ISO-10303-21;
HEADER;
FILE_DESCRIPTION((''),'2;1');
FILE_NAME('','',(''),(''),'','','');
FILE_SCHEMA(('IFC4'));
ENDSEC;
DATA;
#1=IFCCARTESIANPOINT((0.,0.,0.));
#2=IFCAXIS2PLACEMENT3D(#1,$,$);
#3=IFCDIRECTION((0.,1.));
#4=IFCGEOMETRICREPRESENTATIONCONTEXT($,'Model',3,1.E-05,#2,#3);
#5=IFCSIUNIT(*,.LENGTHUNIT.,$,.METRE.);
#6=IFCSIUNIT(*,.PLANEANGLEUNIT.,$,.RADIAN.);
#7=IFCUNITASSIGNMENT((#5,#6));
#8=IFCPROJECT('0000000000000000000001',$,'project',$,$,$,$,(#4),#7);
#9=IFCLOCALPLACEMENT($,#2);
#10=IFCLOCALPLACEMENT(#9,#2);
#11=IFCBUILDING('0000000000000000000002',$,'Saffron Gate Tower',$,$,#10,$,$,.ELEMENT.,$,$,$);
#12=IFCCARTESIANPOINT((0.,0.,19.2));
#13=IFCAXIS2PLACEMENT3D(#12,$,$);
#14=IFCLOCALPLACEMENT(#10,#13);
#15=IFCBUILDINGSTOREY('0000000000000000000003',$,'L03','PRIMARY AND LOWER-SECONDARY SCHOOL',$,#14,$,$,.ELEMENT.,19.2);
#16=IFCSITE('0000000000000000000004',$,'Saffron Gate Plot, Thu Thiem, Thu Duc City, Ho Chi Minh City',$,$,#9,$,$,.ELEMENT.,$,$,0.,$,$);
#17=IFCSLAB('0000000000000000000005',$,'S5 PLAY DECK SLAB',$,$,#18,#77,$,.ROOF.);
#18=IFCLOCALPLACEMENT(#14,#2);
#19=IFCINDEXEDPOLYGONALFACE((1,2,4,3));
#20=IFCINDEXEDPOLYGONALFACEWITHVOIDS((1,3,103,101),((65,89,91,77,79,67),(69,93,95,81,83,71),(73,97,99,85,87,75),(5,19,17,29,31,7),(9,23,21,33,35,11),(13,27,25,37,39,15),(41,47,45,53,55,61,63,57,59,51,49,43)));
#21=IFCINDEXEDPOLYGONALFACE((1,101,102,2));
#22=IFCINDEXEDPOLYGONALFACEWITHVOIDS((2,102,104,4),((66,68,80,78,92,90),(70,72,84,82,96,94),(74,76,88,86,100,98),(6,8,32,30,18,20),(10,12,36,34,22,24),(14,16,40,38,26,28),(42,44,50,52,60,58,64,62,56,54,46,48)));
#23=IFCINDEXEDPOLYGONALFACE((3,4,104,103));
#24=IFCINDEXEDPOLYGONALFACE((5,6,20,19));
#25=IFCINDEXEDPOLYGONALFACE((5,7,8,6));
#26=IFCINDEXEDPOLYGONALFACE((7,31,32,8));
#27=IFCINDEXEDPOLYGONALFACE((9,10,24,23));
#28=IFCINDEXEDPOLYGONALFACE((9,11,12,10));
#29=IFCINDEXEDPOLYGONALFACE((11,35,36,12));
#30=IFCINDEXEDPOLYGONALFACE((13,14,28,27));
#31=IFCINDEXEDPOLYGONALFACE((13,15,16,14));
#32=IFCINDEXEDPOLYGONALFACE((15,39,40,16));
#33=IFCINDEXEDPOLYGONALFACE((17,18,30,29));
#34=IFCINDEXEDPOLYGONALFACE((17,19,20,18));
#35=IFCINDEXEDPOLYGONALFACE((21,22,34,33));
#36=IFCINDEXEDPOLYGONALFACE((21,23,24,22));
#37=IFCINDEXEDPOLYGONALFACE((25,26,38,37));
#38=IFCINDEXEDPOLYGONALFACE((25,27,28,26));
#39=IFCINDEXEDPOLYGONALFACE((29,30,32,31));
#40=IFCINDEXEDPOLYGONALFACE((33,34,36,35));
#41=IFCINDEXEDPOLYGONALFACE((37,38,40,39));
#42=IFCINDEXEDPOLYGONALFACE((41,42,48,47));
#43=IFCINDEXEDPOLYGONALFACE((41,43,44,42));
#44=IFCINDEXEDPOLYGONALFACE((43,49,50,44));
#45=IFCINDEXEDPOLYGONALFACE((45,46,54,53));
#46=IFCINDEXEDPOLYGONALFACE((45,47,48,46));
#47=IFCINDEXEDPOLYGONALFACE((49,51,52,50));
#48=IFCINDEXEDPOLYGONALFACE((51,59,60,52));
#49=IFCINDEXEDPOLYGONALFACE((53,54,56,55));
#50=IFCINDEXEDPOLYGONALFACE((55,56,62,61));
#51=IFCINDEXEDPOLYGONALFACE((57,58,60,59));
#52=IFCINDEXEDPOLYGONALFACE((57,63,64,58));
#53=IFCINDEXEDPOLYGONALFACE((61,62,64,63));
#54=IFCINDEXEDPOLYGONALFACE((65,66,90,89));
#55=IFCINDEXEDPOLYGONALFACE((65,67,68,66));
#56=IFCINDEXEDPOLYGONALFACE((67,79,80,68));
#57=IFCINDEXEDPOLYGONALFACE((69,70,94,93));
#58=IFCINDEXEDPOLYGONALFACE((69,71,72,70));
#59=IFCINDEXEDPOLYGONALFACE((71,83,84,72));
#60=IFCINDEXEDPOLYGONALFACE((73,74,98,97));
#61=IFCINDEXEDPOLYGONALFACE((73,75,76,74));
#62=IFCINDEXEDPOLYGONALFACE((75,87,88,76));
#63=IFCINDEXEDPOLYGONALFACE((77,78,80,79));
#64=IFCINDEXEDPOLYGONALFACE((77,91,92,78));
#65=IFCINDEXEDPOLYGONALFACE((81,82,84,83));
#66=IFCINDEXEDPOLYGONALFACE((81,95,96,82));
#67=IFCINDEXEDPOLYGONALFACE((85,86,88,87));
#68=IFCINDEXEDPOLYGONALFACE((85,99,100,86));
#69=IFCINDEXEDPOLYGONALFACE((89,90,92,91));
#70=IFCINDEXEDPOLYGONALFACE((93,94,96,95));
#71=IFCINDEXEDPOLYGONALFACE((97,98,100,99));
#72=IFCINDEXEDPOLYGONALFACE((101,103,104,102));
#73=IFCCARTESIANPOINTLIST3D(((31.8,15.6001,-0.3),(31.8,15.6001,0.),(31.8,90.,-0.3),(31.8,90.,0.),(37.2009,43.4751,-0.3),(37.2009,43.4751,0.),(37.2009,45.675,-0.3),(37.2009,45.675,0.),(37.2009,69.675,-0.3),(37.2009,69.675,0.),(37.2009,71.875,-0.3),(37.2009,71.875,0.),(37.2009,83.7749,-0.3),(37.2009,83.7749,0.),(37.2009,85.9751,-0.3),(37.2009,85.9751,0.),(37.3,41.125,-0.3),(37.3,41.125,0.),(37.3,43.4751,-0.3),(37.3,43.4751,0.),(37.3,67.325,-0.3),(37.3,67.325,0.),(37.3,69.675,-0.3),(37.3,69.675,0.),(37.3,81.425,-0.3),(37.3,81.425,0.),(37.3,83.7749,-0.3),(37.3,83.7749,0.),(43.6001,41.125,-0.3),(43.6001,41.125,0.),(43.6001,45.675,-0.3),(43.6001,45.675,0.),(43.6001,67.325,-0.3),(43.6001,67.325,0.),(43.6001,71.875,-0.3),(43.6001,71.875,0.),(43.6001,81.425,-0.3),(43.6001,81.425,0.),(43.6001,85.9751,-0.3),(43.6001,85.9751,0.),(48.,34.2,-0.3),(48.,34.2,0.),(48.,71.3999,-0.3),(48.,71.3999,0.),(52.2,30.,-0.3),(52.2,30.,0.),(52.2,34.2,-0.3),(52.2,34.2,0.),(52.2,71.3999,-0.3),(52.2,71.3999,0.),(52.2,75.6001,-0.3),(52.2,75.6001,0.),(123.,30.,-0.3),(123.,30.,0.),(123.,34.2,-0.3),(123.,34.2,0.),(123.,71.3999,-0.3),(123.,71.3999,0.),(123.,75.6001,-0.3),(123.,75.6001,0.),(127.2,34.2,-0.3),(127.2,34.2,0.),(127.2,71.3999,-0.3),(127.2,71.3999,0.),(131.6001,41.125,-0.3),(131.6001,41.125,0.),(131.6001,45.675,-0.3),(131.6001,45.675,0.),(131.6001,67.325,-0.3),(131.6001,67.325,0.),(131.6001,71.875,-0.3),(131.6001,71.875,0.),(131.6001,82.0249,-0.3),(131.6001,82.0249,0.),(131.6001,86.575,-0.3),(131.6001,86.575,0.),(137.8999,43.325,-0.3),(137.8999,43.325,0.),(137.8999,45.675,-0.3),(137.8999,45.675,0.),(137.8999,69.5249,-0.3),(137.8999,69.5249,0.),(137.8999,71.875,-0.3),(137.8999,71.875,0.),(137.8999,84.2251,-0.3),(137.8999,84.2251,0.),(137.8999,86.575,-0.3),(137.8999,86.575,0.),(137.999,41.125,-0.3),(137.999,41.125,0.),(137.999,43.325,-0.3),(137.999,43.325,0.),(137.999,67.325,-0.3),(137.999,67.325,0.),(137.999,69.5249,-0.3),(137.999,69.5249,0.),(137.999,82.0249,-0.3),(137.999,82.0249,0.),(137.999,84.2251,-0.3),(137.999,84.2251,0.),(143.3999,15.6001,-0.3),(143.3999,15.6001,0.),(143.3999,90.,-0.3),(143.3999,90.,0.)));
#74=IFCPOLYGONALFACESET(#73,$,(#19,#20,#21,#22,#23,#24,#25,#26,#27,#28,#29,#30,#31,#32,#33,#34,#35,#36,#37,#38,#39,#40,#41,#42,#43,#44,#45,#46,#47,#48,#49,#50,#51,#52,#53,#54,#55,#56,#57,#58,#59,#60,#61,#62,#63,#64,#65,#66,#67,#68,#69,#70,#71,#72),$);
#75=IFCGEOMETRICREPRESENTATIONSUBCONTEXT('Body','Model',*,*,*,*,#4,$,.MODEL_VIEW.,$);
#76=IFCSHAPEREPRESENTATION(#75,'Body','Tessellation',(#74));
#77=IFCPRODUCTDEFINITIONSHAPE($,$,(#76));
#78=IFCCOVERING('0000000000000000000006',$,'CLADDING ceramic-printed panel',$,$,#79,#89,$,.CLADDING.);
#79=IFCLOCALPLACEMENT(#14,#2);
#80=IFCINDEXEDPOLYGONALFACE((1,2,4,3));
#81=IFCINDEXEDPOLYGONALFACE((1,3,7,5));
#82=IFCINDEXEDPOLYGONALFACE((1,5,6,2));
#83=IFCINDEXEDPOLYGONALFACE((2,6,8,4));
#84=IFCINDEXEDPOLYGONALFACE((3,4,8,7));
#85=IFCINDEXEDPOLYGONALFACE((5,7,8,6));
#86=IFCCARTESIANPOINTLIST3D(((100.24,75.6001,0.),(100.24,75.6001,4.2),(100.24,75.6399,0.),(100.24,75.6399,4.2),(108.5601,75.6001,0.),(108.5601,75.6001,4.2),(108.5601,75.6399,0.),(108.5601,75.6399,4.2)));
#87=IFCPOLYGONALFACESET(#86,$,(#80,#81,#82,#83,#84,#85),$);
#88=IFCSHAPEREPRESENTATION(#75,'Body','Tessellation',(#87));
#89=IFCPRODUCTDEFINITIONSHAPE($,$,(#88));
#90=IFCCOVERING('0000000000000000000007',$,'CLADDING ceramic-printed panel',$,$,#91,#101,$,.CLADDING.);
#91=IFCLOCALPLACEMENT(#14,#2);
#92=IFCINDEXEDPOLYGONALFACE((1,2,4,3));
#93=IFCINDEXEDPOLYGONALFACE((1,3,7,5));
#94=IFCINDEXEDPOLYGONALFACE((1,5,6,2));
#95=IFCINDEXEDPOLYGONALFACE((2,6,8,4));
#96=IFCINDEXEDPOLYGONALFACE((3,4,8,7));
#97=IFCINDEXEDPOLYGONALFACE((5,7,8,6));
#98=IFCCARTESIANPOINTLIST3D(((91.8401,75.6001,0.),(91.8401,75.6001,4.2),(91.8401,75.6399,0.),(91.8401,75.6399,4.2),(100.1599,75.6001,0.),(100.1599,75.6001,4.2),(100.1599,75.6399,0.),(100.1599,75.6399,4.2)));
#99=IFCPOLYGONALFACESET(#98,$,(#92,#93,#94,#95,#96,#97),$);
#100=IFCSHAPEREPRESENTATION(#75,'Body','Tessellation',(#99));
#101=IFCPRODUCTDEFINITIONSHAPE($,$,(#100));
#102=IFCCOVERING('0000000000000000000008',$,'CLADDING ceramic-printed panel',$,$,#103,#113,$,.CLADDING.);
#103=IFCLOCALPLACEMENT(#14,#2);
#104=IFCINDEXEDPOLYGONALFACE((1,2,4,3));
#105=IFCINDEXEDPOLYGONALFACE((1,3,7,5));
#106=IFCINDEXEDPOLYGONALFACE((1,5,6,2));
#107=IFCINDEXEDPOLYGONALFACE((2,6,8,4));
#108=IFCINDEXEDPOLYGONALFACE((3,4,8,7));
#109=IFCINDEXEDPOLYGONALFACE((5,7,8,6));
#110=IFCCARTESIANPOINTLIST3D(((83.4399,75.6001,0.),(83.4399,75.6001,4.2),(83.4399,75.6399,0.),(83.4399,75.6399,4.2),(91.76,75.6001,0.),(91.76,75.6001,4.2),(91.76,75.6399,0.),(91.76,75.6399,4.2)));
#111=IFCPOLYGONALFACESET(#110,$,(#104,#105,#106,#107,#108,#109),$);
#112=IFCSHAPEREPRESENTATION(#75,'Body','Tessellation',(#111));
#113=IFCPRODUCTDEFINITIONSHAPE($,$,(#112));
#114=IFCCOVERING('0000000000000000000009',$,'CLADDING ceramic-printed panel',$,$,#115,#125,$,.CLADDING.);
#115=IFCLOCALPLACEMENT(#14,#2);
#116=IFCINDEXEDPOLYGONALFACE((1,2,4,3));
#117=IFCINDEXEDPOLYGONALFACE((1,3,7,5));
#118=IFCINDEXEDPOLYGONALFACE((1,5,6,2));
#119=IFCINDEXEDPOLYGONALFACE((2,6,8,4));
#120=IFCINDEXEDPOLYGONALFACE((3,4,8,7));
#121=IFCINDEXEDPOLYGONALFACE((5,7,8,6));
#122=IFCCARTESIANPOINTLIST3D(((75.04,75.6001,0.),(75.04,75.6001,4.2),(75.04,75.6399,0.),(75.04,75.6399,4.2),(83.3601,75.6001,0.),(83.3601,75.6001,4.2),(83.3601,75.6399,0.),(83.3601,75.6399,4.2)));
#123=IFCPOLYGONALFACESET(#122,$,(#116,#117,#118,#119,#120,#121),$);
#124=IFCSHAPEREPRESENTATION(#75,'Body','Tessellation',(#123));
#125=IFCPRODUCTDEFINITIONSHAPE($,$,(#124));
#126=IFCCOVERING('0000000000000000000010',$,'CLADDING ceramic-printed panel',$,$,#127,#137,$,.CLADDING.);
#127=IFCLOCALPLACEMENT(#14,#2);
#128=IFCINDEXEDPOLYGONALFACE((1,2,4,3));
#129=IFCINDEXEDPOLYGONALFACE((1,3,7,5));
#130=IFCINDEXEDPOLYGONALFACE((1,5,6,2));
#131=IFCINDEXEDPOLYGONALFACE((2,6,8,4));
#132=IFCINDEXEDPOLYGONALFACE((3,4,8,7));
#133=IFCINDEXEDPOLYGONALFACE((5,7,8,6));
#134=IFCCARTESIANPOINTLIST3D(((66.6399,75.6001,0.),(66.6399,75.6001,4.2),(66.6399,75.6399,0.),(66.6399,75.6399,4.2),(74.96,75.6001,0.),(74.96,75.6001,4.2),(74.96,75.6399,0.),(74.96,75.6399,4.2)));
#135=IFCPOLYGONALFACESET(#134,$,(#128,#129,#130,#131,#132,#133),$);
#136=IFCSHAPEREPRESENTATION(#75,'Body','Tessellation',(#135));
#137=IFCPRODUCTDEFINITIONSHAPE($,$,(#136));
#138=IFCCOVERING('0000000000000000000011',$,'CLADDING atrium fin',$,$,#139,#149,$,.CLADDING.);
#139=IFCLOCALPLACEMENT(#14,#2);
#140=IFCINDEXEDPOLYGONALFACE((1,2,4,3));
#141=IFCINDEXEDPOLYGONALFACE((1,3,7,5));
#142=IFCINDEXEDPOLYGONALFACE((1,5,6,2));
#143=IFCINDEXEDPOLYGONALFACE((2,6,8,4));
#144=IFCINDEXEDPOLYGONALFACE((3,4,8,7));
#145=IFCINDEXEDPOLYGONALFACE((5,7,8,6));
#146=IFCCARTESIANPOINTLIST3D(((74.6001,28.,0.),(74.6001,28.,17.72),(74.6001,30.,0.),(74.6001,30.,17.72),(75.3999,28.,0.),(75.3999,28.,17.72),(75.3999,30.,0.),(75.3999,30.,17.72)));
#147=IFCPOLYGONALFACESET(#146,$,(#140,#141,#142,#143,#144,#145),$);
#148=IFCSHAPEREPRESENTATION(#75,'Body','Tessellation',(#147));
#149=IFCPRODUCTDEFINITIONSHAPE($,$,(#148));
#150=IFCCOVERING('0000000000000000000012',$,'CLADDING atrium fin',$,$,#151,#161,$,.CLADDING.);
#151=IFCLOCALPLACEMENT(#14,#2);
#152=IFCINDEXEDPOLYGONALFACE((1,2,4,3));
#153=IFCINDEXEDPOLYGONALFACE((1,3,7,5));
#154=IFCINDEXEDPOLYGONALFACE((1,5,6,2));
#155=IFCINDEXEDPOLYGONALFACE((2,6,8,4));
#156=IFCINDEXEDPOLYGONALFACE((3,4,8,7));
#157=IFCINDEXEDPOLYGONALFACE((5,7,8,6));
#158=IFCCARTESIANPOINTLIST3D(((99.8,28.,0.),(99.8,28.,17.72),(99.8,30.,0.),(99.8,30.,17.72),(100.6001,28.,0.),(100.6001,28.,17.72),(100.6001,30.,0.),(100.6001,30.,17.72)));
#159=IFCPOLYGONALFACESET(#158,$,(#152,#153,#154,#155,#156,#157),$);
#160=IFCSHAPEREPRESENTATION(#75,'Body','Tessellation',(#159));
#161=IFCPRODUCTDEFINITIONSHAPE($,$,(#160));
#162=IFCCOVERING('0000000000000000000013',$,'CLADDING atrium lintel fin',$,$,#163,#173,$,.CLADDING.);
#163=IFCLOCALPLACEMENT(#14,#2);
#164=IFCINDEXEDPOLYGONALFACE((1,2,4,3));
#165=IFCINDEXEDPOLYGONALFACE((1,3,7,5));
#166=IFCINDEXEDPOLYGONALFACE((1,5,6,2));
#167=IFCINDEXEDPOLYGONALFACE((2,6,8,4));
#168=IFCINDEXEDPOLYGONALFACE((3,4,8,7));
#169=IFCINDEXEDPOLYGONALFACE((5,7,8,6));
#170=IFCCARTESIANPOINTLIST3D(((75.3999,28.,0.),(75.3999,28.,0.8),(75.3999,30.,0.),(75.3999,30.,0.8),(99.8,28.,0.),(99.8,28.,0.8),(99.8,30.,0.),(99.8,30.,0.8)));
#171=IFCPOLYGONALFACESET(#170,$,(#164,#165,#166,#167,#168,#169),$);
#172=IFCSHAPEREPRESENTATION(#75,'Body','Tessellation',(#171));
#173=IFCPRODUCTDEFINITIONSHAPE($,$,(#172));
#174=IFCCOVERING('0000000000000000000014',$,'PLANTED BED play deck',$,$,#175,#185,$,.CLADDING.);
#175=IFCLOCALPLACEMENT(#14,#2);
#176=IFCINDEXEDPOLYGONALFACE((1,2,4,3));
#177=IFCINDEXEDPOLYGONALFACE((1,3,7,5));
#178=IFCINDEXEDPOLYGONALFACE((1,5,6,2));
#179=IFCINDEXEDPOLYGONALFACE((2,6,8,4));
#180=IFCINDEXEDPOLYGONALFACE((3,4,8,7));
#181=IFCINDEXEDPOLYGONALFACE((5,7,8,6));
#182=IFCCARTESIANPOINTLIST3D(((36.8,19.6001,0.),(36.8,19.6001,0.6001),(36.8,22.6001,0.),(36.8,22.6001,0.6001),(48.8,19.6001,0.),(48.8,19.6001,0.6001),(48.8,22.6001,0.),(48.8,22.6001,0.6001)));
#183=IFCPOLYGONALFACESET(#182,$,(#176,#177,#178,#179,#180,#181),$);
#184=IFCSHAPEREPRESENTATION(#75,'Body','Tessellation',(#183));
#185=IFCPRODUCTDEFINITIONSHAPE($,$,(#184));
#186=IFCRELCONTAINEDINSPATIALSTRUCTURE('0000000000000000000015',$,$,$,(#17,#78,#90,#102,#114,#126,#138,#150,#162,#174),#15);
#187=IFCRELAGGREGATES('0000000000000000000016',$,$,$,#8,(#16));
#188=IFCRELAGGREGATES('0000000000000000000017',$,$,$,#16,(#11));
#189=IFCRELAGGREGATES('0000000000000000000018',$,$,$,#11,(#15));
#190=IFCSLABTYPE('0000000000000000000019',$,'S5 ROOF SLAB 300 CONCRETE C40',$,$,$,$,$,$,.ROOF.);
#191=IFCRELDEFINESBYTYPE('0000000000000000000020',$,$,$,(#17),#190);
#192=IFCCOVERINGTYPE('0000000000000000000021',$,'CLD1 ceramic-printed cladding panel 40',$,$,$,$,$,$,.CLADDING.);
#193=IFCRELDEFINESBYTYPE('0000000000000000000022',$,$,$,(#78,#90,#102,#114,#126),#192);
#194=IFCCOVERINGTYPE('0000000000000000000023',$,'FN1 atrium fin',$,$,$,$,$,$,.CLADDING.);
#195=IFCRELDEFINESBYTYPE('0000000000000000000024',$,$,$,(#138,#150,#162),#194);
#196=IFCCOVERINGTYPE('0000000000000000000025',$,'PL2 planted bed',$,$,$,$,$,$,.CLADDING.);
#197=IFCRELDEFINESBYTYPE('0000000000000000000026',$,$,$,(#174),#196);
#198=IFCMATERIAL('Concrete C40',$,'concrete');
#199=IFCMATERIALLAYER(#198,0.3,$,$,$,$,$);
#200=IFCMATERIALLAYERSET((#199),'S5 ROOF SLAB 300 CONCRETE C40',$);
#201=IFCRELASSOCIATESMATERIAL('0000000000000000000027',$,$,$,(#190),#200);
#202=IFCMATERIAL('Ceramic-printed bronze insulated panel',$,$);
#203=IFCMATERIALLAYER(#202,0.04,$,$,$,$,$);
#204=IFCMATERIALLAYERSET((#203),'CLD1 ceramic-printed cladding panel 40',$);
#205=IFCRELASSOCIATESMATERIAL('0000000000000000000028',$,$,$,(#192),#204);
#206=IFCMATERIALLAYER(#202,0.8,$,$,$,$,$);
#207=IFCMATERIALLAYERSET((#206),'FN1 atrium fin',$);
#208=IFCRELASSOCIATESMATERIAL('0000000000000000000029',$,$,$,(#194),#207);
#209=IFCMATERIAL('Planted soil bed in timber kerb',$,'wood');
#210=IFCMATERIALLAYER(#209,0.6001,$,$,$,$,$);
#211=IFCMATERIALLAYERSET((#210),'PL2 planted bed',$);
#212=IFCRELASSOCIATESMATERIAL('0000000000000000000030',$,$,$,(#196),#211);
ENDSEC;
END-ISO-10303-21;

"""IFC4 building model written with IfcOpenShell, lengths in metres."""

from ifc_helpers import new_model, si_unit, direction, frame, origin, place, context, subcontext, project, spatial, polyline, outline, extrude, material, layer, layer_set, type_object, element, save


model = new_model("IFC4")

# Units and contexts
model_context = context("Model", 3, precision=1e-05, world=origin(), true_north=direction((0.0, 1.0)))
body_context = subcontext(model_context, "Body", "Model", "MODEL_VIEW")
ifc_project = project(units=[si_unit("LENGTHUNIT", "METRE"), si_unit("PLANEANGLEUNIT", "RADIAN")], contexts=[model_context])

# Site, building, storey
site_placement = place(None, origin())
site = spatial("IfcSite", under=ifc_project, at=site_placement, Name="Saffron Gate Plot, Thu Thiem, Thu Duc City, Ho Chi Minh City", CompositionType="ELEMENT", RefElevation=0.0)
building_placement = place(site_placement, origin())
building = spatial("IfcBuilding", under=site, at=building_placement, Name="Saffron Gate Tower", CompositionType="ELEMENT")
storey_placement = place(building_placement, frame((0.0, 0.0, 19.2)))
storey = spatial("IfcBuildingStorey", under=building, at=storey_placement, Name="L03", Description="PRIMARY AND LOWER-SECONDARY SCHOOL", CompositionType="ELEMENT", Elevation=19.2)

# Slab
ifc_material_1 = material(Name="Concrete C40", Category="concrete")
ifc_layer_1 = layer(ifc_material_1, 0.3)
ifc_layer_set_1 = layer_set([ifc_layer_1], Name="S5 ROOF SLAB 300 CONCRETE C40")
slab_type_1 = type_object("IfcSlabType", Name="S5 ROOF SLAB 300 CONCRETE C40", PredefinedType="ROOF", material=ifc_layer_set_1)
slab_1_placement = place(storey_placement, frame((0.0, 0.0, -0.3)))
element("IfcSlab", 1, at=slab_1_placement, inside=storey, type_object=slab_type_1, Name="S5 PLAY DECK SLAB", PredefinedType="ROOF", context=body_context, shape_type="SweptSolid", body=[
    extrude(outline(polyline([(31.8, 15.6001), (143.3999, 15.6001), (143.3999, 90.0), (31.8, 90.0), (31.8, 15.6001)]), holes=[polyline([(37.2009, 43.4751), (37.2009, 45.675), (43.6001, 45.675), (43.6001, 41.125), (37.3, 41.125), (37.3, 43.4751), (37.2009, 43.4751)]), polyline([(37.2009, 69.675), (37.2009, 71.875), (43.6001, 71.875), (43.6001, 67.325), (37.3, 67.325), (37.3, 69.675), (37.2009, 69.675)]), polyline([(37.2009, 83.7749), (37.2009, 85.9751), (43.6001, 85.9751), (43.6001, 81.425), (37.3, 81.425), (37.3, 83.7749), (37.2009, 83.7749)]), polyline([(48.0, 34.2), (48.0, 71.3999), (52.2, 71.3999), (52.2, 75.6001), (123.0, 75.6001), (123.0, 71.3999), (127.2, 71.3999), (127.2, 34.2), (123.0, 34.2), (123.0, 30.0), (52.2, 30.0), (52.2, 34.2), (48.0, 34.2)]), polyline([(131.6001, 41.125), (131.6001, 45.675), (137.8999, 45.675), (137.8999, 43.325), (137.999, 43.325), (137.999, 41.125), (131.6001, 41.125)]), polyline([(131.6001, 67.325), (131.6001, 71.875), (137.8999, 71.875), (137.8999, 69.5249), (137.999, 69.5249), (137.999, 67.325), (131.6001, 67.325)]), polyline([(131.6001, 82.0249), (131.6001, 86.575), (137.8999, 86.575), (137.8999, 84.2251), (137.999, 84.2251), (137.999, 82.0249), (131.6001, 82.0249)])]), origin(), (0.0, 0.0, 1.0), 0.3),
])

# Coverings
ifc_material_2 = material(Name="Ceramic-printed bronze insulated panel")
ifc_layer_2 = layer(ifc_material_2, 0.04)
ifc_layer_set_2 = layer_set([ifc_layer_2], Name="CLD1 ceramic-printed cladding panel 40")
covering_type_1 = type_object("IfcCoveringType", Name="CLD1 ceramic-printed cladding panel 40", PredefinedType="CLADDING", material=ifc_layer_set_2)
covering_1_placement = place(storey_placement, origin())
element("IfcCovering", 2, at=covering_1_placement, inside=storey, type_object=covering_type_1, Name="CLADDING ceramic-printed panel", PredefinedType="CLADDING", context=body_context, shape_type="SweptSolid", body=[
    extrude(outline(polyline([(108.5601, 75.6399), (100.24, 75.6399), (100.24, 75.6001), (108.5601, 75.6001), (108.5601, 75.6399)])), origin(), (0.0, 0.0, 1.0), 4.2),
])
covering_2_placement = place(storey_placement, origin())
element("IfcCovering", 3, at=covering_2_placement, inside=storey, type_object=covering_type_1, Name="CLADDING ceramic-printed panel", PredefinedType="CLADDING", context=body_context, shape_type="SweptSolid", body=[
    extrude(outline(polyline([(100.1599, 75.6399), (91.8401, 75.6399), (91.8401, 75.6001), (100.1599, 75.6001), (100.1599, 75.6399)])), origin(), (0.0, 0.0, 1.0), 4.2),
])
covering_3_placement = place(storey_placement, origin())
element("IfcCovering", 4, at=covering_3_placement, inside=storey, type_object=covering_type_1, Name="CLADDING ceramic-printed panel", PredefinedType="CLADDING", context=body_context, shape_type="SweptSolid", body=[
    extrude(outline(polyline([(91.76, 75.6399), (83.4399, 75.6399), (83.4399, 75.6001), (91.76, 75.6001), (91.76, 75.6399)])), origin(), (0.0, 0.0, 1.0), 4.2),
])
covering_4_placement = place(storey_placement, origin())
element("IfcCovering", 5, at=covering_4_placement, inside=storey, type_object=covering_type_1, Name="CLADDING ceramic-printed panel", PredefinedType="CLADDING", context=body_context, shape_type="SweptSolid", body=[
    extrude(outline(polyline([(83.3601, 75.6399), (75.04, 75.6399), (75.04, 75.6001), (83.3601, 75.6001), (83.3601, 75.6399)])), origin(), (0.0, 0.0, 1.0), 4.2),
])
covering_5_placement = place(storey_placement, origin())
element("IfcCovering", 6, at=covering_5_placement, inside=storey, type_object=covering_type_1, Name="CLADDING ceramic-printed panel", PredefinedType="CLADDING", context=body_context, shape_type="SweptSolid", body=[
    extrude(outline(polyline([(74.96, 75.6399), (66.6399, 75.6399), (66.6399, 75.6001), (74.96, 75.6001), (74.96, 75.6399)])), origin(), (0.0, 0.0, 1.0), 4.2),
])
ifc_layer_3 = layer(ifc_material_2, 0.8)
ifc_layer_set_3 = layer_set([ifc_layer_3], Name="FN1 atrium fin")
covering_type_2 = type_object("IfcCoveringType", Name="FN1 atrium fin", PredefinedType="CLADDING", material=ifc_layer_set_3)
covering_6_placement = place(storey_placement, origin())
element("IfcCovering", 7, at=covering_6_placement, inside=storey, type_object=covering_type_2, Name="CLADDING atrium fin", PredefinedType="CLADDING", context=body_context, shape_type="SweptSolid", body=[
    extrude(outline(polyline([(74.6001, 30.0), (75.3999, 30.0), (75.3999, 28.0), (74.6001, 28.0), (74.6001, 30.0)])), origin(), (0.0, 0.0, 1.0), 17.72),
])
covering_7_placement = place(storey_placement, origin())
element("IfcCovering", 8, at=covering_7_placement, inside=storey, type_object=covering_type_2, Name="CLADDING atrium fin", PredefinedType="CLADDING", context=body_context, shape_type="SweptSolid", body=[
    extrude(outline(polyline([(99.8, 30.0), (100.6001, 30.0), (100.6001, 28.0), (99.8, 28.0), (99.8, 30.0)])), origin(), (0.0, 0.0, 1.0), 17.72),
])
covering_8_placement = place(storey_placement, origin())
element("IfcCovering", 9, at=covering_8_placement, inside=storey, type_object=covering_type_2, Name="CLADDING atrium lintel fin", PredefinedType="CLADDING", context=body_context, shape_type="SweptSolid", body=[
    extrude(outline(polyline([(75.3999, 30.0), (99.8, 30.0), (99.8, 28.0), (75.3999, 28.0), (75.3999, 30.0)])), origin(), (0.0, 0.0, 1.0), 0.8),
])
ifc_material_3 = material(Name="Planted soil bed in timber kerb", Category="wood")
ifc_layer_4 = layer(ifc_material_3, 0.6001)
ifc_layer_set_4 = layer_set([ifc_layer_4], Name="PL2 planted bed")
covering_type_3 = type_object("IfcCoveringType", Name="PL2 planted bed", PredefinedType="CLADDING", material=ifc_layer_set_4)
covering_9_placement = place(storey_placement, origin())
element("IfcCovering", 10, at=covering_9_placement, inside=storey, type_object=covering_type_3, Name="PLANTED BED play deck", PredefinedType="CLADDING", context=body_context, shape_type="SweptSolid", body=[
    extrude(outline(polyline([(36.8, 19.6001), (48.8, 19.6001), (48.8, 22.6001), (36.8, 22.6001), (36.8, 19.6001)])), origin(), (0.0, 0.0, 1.0), 0.6001),
])

save(model, "model.ifc")
